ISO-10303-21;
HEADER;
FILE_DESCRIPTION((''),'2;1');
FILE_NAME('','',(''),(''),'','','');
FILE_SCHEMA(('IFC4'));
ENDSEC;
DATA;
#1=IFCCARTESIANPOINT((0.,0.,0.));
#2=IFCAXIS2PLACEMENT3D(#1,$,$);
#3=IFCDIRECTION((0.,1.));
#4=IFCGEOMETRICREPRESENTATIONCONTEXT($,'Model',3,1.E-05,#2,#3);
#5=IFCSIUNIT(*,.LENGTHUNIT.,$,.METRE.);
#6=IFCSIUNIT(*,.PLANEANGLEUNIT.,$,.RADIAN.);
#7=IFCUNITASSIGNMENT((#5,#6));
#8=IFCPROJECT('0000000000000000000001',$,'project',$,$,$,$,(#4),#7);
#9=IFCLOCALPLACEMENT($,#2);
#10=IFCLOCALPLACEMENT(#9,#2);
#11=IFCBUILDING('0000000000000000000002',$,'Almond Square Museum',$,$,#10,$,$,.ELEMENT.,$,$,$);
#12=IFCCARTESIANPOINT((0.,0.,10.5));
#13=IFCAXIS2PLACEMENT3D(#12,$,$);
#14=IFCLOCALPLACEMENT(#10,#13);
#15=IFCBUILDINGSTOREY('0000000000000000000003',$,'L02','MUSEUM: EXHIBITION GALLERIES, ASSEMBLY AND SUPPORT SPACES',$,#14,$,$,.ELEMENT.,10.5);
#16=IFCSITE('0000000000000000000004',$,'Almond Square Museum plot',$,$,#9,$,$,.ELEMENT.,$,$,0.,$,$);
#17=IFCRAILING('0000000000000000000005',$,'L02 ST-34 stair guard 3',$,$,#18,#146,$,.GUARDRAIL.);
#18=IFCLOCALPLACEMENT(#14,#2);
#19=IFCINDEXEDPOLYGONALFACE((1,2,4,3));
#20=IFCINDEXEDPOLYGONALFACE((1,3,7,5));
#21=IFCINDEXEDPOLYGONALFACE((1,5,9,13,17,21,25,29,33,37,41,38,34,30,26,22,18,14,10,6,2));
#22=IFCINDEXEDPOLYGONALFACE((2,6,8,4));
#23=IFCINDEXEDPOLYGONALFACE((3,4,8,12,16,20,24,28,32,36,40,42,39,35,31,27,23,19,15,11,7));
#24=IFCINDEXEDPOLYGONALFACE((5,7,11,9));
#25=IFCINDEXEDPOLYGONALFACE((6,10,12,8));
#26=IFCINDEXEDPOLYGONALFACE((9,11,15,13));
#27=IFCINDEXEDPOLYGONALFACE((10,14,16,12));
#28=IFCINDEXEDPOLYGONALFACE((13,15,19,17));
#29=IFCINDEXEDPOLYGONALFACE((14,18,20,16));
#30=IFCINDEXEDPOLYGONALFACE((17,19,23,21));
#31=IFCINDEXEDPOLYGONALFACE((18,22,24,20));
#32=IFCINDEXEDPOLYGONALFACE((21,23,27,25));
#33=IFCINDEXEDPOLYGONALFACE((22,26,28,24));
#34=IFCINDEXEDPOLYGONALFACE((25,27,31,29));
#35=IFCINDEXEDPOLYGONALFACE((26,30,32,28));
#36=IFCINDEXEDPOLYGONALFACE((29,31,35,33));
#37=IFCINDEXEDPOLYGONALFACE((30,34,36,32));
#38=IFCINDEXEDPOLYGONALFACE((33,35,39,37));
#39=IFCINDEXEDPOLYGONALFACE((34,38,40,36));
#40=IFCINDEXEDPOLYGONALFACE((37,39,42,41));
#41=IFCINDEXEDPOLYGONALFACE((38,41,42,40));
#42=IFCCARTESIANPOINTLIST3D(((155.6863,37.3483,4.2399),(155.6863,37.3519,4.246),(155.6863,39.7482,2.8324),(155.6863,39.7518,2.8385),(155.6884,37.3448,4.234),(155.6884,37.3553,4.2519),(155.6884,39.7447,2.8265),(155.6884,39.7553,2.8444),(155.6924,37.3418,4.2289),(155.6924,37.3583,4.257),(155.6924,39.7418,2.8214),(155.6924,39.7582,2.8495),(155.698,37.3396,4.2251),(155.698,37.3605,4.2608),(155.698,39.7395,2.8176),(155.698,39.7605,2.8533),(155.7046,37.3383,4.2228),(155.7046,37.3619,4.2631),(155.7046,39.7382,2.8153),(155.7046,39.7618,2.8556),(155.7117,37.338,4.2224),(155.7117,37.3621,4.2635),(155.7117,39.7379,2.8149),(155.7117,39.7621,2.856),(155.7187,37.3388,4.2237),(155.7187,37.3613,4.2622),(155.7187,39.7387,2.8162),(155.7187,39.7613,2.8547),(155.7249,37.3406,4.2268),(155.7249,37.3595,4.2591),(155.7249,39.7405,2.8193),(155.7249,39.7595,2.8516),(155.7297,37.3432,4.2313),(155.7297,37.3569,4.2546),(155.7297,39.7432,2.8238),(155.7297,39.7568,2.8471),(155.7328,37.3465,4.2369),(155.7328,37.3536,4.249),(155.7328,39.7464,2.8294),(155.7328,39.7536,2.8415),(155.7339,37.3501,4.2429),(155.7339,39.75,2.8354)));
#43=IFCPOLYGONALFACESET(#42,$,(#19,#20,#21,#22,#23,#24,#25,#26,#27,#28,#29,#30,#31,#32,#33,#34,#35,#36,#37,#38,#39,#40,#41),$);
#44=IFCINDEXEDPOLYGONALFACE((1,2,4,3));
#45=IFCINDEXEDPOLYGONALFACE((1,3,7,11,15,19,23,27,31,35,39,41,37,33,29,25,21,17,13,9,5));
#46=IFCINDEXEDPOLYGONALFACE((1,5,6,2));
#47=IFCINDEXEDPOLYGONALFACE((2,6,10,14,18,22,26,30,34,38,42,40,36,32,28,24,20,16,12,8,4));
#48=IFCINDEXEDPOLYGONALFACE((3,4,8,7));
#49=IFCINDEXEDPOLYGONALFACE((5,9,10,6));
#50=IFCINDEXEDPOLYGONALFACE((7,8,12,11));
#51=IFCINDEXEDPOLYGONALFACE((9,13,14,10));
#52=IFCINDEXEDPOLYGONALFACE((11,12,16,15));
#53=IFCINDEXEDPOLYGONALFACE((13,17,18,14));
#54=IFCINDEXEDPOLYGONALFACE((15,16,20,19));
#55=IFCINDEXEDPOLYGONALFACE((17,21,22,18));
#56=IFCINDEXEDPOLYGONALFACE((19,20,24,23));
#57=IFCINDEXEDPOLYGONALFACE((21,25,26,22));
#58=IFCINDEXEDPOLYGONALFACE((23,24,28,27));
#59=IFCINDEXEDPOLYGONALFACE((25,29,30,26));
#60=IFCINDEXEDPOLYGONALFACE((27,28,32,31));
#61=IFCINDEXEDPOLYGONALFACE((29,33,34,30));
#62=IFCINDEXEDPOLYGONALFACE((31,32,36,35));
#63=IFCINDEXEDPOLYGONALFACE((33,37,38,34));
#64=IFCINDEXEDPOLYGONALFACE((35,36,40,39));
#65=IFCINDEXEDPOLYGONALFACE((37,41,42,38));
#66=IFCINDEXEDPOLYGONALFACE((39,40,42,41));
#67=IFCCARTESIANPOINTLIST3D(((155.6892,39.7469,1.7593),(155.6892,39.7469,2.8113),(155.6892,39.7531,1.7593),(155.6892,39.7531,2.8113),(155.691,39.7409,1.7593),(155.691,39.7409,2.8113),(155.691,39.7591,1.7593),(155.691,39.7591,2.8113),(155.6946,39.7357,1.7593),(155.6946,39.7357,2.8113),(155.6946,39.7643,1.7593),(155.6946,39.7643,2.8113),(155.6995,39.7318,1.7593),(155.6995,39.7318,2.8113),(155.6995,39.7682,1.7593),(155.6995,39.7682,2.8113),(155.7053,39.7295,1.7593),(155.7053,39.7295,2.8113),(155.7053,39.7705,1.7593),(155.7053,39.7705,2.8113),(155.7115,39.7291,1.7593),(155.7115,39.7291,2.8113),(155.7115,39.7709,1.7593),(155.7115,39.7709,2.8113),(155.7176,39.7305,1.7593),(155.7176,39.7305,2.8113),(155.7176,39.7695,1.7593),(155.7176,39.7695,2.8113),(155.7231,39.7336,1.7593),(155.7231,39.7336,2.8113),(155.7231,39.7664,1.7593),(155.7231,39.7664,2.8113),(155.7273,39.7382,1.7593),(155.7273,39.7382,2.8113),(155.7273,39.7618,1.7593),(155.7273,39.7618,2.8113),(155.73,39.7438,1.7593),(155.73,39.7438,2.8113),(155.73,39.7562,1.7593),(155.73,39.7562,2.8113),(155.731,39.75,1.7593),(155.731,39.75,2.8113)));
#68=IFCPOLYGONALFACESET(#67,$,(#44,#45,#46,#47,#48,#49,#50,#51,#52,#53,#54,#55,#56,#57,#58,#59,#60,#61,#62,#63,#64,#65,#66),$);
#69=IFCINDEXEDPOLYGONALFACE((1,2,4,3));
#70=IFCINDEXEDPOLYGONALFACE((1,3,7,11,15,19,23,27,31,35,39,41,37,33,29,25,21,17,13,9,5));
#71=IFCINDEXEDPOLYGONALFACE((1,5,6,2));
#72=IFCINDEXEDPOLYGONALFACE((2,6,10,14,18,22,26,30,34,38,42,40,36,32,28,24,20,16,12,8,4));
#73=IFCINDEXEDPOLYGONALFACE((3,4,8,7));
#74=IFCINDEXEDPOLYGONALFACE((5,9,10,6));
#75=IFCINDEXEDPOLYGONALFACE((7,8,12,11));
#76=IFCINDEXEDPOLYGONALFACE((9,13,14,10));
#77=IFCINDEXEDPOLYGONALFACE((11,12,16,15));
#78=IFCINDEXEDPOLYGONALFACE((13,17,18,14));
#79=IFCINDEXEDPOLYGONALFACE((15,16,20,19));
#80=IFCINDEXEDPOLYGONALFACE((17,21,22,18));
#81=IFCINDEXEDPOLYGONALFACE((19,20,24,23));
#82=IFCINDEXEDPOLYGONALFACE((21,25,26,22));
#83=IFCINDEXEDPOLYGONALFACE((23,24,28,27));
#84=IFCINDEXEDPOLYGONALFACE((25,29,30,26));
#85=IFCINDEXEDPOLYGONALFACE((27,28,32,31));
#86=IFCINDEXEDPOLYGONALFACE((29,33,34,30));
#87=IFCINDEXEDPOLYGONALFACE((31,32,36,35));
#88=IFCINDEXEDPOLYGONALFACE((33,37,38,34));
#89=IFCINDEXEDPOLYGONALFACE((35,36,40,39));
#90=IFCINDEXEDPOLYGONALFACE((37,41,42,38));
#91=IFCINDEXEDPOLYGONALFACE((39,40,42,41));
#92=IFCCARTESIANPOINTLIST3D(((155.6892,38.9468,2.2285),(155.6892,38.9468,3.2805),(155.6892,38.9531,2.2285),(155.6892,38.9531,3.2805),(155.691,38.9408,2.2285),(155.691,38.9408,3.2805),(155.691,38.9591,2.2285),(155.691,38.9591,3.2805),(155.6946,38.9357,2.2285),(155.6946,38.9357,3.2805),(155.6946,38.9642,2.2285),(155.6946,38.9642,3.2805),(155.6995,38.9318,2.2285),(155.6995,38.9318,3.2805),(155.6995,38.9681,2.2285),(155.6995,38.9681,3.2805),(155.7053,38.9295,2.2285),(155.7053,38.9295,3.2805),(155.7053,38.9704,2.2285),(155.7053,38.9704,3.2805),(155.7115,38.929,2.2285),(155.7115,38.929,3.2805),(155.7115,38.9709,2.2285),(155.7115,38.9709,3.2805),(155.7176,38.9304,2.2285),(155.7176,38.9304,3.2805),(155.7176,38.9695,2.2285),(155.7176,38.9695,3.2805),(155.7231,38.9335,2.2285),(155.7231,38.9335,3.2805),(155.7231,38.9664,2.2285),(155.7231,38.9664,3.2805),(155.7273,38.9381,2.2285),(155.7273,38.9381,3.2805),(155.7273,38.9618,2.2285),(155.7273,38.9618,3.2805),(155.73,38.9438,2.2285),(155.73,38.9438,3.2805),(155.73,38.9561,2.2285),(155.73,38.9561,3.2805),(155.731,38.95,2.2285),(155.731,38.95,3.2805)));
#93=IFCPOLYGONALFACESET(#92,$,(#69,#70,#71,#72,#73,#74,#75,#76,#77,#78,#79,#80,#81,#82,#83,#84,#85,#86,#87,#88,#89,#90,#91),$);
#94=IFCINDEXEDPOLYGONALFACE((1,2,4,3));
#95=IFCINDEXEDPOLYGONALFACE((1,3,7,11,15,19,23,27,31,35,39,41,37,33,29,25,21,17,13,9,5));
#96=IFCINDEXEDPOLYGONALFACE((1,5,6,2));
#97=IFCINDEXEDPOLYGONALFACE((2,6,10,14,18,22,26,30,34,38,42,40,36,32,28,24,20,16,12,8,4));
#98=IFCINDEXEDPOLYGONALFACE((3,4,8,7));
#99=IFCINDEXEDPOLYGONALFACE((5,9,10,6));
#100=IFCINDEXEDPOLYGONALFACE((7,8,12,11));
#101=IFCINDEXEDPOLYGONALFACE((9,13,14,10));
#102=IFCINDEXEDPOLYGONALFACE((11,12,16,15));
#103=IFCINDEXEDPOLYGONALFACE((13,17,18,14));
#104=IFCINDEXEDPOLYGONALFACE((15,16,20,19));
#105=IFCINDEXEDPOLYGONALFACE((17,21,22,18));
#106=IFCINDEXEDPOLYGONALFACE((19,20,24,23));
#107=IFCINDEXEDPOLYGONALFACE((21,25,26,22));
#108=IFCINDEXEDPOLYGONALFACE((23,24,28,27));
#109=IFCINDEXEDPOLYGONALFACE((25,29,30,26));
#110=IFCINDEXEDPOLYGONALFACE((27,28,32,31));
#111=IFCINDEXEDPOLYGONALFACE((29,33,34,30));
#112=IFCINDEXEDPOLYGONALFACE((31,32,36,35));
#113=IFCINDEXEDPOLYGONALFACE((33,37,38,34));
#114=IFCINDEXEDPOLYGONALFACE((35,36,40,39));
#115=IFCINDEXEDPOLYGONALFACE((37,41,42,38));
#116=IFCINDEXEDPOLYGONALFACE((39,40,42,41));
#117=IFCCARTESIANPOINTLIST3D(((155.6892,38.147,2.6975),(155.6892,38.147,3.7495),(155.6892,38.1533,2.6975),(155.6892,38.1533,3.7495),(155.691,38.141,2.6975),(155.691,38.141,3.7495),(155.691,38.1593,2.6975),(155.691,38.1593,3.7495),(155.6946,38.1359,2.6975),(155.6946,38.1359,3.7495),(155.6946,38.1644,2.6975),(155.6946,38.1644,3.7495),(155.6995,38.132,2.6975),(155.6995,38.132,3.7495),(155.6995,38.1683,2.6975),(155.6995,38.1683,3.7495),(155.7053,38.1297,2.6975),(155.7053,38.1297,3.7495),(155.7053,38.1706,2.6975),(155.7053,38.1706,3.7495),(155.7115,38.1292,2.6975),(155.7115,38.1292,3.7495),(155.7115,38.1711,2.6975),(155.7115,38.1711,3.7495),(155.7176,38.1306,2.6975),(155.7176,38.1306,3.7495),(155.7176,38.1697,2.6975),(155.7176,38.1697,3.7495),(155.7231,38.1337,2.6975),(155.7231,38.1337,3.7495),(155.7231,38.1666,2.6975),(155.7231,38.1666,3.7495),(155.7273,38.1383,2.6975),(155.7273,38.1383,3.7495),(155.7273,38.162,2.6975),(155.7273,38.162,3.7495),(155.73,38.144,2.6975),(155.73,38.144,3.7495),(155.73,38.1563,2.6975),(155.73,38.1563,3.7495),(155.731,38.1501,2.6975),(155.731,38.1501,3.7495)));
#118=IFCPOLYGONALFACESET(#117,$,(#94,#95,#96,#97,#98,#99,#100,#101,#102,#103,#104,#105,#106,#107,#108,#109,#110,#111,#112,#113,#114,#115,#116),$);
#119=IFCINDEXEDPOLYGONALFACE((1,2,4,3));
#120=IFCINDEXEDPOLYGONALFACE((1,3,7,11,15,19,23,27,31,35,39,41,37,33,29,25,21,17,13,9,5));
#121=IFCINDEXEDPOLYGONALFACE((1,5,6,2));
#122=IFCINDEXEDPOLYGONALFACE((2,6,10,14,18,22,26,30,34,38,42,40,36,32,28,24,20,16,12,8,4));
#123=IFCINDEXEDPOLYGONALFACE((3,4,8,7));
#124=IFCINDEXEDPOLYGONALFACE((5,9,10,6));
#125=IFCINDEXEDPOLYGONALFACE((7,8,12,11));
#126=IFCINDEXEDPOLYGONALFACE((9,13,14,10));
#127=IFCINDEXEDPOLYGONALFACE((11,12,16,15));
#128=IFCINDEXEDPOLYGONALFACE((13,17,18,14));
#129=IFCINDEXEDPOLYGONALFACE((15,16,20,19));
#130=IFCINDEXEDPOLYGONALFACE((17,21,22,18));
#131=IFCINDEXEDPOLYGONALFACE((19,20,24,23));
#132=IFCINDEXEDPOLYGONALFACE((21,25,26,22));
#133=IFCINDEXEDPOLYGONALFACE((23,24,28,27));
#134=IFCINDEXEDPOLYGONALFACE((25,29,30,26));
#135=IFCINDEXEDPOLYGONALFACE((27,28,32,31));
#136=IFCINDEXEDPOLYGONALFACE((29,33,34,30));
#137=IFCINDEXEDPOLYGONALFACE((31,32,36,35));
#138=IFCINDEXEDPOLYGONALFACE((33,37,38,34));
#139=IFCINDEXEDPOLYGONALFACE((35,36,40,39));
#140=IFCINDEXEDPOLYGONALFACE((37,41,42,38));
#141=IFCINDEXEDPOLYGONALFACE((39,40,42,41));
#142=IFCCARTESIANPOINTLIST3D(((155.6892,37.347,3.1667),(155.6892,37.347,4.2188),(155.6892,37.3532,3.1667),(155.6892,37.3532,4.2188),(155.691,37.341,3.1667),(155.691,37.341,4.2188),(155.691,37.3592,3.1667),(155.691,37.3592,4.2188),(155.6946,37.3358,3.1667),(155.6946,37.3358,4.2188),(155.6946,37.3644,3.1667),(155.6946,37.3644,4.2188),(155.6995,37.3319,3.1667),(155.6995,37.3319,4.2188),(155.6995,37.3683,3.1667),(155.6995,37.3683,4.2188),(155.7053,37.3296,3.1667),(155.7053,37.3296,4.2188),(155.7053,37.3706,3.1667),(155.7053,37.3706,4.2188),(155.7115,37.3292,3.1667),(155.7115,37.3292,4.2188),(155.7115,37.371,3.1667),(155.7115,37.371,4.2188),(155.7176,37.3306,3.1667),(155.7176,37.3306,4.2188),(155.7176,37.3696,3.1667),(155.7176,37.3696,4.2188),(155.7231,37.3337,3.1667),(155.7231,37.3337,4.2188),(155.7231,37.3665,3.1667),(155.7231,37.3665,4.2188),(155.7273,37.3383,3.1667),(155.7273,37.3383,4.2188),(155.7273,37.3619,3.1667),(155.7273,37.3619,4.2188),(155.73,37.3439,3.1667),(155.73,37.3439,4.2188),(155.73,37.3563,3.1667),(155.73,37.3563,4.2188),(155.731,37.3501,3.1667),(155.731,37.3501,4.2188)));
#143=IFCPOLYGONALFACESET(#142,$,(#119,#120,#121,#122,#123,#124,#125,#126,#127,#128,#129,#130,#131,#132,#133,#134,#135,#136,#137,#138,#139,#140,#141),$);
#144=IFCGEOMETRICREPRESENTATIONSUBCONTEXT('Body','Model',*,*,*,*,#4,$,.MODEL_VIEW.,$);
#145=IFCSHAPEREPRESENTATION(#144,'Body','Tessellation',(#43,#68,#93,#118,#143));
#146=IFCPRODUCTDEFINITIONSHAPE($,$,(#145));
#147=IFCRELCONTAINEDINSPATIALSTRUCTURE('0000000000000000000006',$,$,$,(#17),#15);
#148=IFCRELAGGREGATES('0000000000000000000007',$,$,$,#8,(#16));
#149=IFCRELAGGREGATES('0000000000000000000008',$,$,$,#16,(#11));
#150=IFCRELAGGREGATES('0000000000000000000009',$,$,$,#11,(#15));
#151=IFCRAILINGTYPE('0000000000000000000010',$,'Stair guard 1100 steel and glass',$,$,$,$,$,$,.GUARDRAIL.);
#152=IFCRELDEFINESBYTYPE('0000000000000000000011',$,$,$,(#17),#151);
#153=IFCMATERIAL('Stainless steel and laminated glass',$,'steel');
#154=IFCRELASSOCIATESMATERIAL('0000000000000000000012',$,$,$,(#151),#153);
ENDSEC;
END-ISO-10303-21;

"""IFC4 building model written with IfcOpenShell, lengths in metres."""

from ifc_helpers import new_model, si_unit, direction, frame, origin, origin_2d, place, context, subcontext, project, spatial, circle, extrude, material, type_object, element, save


model = new_model("IFC4")

# Units and contexts
model_context = context("Model", 3, precision=1e-05, world=origin(), true_north=direction((0.0, 1.0)))
body_context = subcontext(model_context, "Body", "Model", "MODEL_VIEW")
ifc_project = project(units=[si_unit("LENGTHUNIT", "METRE"), si_unit("PLANEANGLEUNIT", "RADIAN")], contexts=[model_context])

# Site, building, storey
site_placement = place(None, origin())
site = spatial("IfcSite", under=ifc_project, at=site_placement, Name="Almond Square Museum plot", CompositionType="ELEMENT", RefElevation=0.0)
building_placement = place(site_placement, origin())
building = spatial("IfcBuilding", under=site, at=building_placement, Name="Almond Square Museum", CompositionType="ELEMENT")
storey_placement = place(building_placement, frame((0.0, 0.0, 10.5)))
storey = spatial("IfcBuildingStorey", under=building, at=storey_placement, Name="L02", Description="MUSEUM: EXHIBITION GALLERIES, ASSEMBLY AND SUPPORT SPACES", CompositionType="ELEMENT", Elevation=10.5)

# Railing
ifc_material_1 = material(Name="Stainless steel and laminated glass", Category="steel")
railing_type_1 = type_object("IfcRailingType", Name="Stair guard 1100 steel and glass", PredefinedType="GUARDRAIL", material=ifc_material_1)
railing_1_placement = place(storey_placement, frame((155.71, 39.75, 1.7593)))
element("IfcRailing", 1, at=railing_1_placement, inside=storey, type_object=railing_type_1, Name="L02 ST-34 stair guard 3", PredefinedType="GUARDRAIL", context=body_context, shape_type="SweptSolid", body=[
    extrude(circle(Radius=0.0239, at=origin_2d()), frame((0.0, 0.0, 1.0762), z_axis=(0.0, -0.862599, 0.505888), x_axis=(1.0, 0.0, 0.0)), (0.0, 0.0, 1.0), 2.7822),
    extrude(circle(Radius=0.021, at=origin_2d()), origin(), (0.0, 0.0, 1.0), 1.052),
    extrude(circle(Radius=0.021, at=origin_2d()), frame((0.0, -0.8, 0.4692)), (0.0, 0.0, 1.0), 1.052),
    extrude(circle(Radius=0.021, at=origin_2d()), frame((0.0, -1.5999, 0.9382)), (0.0, 0.0, 1.0), 1.052),
    extrude(circle(Radius=0.021, at=origin_2d()), frame((0.0, -2.3999, 1.4075)), (0.0, 0.0, 1.0), 1.052),
])

save(model, "model.ifc")
